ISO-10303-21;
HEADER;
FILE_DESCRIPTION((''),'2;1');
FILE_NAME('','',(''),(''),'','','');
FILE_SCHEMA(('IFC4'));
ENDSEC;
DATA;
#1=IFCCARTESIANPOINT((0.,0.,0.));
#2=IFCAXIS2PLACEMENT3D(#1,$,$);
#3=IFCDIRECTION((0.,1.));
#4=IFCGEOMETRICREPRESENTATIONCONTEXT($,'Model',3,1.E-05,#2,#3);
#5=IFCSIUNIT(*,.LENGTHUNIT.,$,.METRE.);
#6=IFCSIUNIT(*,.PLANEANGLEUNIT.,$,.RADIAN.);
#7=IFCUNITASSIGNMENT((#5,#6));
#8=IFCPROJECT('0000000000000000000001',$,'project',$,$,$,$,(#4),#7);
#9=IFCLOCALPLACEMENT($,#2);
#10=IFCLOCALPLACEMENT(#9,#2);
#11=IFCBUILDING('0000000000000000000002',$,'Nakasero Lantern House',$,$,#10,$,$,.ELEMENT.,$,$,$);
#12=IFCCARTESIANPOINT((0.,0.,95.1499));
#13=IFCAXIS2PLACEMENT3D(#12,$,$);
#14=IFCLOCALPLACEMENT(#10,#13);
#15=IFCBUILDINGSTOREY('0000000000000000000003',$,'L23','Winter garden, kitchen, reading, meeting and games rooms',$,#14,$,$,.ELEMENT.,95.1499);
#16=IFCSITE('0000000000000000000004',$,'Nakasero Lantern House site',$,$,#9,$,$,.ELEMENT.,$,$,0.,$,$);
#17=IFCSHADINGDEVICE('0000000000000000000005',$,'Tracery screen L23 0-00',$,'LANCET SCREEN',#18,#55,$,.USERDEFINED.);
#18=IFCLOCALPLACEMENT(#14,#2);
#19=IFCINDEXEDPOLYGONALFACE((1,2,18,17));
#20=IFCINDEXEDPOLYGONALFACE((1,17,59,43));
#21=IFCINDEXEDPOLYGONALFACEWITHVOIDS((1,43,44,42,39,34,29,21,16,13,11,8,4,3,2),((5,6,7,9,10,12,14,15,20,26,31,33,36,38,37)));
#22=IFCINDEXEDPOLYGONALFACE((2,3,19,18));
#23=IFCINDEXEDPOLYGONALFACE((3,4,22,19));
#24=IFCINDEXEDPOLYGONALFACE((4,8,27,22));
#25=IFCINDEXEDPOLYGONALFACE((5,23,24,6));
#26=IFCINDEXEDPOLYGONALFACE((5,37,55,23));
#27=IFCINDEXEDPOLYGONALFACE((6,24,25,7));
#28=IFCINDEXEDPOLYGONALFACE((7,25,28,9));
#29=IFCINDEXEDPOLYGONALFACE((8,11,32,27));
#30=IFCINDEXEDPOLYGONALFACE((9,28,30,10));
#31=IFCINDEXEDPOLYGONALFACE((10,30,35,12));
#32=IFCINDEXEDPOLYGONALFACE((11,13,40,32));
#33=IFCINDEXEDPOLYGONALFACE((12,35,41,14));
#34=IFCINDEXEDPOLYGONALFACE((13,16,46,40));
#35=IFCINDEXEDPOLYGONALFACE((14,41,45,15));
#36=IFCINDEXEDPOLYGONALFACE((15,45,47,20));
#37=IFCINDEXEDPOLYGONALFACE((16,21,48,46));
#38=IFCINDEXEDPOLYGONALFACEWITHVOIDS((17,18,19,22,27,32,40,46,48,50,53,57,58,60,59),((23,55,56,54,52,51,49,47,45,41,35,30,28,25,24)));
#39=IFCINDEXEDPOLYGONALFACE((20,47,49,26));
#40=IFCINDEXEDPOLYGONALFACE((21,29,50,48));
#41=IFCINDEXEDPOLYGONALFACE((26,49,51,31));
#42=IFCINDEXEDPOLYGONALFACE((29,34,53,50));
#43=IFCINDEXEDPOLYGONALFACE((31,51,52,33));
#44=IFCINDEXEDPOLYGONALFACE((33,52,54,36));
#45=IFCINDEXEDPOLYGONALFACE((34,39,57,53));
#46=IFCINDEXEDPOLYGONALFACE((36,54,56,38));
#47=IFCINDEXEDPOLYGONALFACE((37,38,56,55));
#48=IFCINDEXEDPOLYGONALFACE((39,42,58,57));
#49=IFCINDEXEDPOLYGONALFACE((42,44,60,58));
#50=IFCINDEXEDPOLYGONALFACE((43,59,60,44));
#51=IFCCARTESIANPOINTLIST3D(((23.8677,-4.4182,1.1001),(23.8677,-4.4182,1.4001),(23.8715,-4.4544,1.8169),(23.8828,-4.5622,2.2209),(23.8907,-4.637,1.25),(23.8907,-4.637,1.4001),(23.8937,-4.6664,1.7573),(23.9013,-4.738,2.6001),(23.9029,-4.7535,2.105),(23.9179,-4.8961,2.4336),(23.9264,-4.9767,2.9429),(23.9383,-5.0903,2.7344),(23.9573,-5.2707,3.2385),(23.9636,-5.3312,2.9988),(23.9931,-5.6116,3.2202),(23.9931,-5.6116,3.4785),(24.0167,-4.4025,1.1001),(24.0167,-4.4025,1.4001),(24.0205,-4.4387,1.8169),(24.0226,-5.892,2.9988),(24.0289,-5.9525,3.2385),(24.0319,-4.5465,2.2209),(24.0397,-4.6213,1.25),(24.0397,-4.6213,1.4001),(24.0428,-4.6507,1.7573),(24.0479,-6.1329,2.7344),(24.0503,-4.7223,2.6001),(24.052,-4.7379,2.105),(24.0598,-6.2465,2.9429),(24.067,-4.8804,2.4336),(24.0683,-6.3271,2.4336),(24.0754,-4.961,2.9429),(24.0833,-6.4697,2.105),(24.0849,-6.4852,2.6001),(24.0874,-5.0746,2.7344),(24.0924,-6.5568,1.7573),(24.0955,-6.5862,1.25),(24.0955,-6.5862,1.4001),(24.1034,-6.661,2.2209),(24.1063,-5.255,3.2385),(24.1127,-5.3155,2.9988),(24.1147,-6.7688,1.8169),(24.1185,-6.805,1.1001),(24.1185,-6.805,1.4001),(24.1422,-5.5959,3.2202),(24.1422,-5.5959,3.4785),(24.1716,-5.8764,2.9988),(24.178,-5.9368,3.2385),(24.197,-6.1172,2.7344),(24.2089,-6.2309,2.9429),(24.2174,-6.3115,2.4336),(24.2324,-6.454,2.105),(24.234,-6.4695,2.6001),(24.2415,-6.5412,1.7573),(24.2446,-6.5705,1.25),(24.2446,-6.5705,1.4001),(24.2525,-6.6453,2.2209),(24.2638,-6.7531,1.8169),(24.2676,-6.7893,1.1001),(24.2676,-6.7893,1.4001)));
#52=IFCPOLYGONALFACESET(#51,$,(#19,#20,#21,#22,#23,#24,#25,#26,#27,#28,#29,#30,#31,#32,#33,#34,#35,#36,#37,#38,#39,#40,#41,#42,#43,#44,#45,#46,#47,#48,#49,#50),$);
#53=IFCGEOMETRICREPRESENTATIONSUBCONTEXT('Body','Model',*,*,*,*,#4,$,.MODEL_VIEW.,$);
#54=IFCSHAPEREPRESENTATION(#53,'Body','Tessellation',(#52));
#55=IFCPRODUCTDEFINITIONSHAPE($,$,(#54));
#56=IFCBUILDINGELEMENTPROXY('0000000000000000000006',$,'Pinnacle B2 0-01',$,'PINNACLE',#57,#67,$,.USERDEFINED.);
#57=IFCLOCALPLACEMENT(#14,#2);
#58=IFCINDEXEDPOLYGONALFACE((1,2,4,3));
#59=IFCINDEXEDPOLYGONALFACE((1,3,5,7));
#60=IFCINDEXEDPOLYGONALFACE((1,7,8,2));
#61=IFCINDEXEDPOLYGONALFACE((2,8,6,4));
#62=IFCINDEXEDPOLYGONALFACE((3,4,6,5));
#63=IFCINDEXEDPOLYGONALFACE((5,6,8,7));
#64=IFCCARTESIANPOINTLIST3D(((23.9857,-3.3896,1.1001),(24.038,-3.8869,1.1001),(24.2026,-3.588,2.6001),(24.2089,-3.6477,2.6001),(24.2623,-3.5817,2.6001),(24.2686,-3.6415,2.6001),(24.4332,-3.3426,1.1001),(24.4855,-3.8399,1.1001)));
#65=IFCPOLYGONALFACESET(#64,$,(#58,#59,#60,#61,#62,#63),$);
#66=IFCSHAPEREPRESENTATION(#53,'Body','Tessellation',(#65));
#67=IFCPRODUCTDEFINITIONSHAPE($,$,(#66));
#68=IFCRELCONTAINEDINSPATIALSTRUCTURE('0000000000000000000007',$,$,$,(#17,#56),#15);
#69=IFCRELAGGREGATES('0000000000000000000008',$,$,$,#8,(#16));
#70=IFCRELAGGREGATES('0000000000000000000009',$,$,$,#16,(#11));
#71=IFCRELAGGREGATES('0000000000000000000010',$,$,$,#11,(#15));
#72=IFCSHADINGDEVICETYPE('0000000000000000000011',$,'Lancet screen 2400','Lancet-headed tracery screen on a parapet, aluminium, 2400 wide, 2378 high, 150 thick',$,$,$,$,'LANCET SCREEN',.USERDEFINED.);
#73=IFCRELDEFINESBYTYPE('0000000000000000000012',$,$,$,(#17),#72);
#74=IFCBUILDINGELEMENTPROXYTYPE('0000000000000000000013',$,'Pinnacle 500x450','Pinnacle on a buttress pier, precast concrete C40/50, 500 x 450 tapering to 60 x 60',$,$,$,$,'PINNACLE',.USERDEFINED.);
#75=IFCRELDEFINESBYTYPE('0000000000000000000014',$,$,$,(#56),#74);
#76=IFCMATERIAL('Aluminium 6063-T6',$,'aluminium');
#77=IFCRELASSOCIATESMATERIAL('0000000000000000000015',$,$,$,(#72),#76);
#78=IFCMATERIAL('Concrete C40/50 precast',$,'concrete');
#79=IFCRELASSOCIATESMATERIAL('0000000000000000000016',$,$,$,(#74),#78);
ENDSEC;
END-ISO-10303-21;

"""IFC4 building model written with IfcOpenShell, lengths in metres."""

from ifc_helpers import new_model, entity, si_unit, direction, frame, origin, place, context, subcontext, project, spatial, polyline, outline, extrude, material, type_object, element, save


model = new_model("IFC4")

# Units and contexts
model_context = context("Model", 3, precision=1e-05, world=origin(), true_north=direction((0.0, 1.0)))
body_context = subcontext(model_context, "Body", "Model", "MODEL_VIEW")
ifc_project = project(units=[si_unit("LENGTHUNIT", "METRE"), si_unit("PLANEANGLEUNIT", "RADIAN")], contexts=[model_context])

# Site, building, storey
site_placement = place(None, origin())
site = spatial("IfcSite", under=ifc_project, at=site_placement, Name="Nakasero Lantern House site", CompositionType="ELEMENT", RefElevation=0.0)
building_placement = place(site_placement, origin())
building = spatial("IfcBuilding", under=site, at=building_placement, Name="Nakasero Lantern House", CompositionType="ELEMENT")
storey_placement = place(building_placement, frame((0.0, 0.0, 95.1499)))
storey = spatial("IfcBuildingStorey", under=building, at=storey_placement, Name="L23", Description="Winter garden, kitchen, reading, meeting and games rooms", CompositionType="ELEMENT", Elevation=95.1499)

# Shading device
ifc_material_1 = material(Name="Aluminium 6063-T6", Category="aluminium")
shading_device_type = type_object("IfcShadingDeviceType", Name="Lancet screen 2400", Description="Lancet-headed tracery screen on a parapet, aluminium, 2400 wide, 2378 high, 150 thick", ElementType="LANCET SCREEN", PredefinedType="USERDEFINED", material=ifc_material_1)
shading_device_placement = place(storey_placement, frame((24.0676, -5.6038, 1.1001), z_axis=(0.0, 0.0, 1.0), x_axis=(-0.104528, 0.994522, 0.0)))
element("IfcShadingDevice", 1, at=shading_device_placement, inside=storey, type_object=shading_device_type, Name="Tracery screen L23 0-00", ObjectType="LANCET SCREEN", PredefinedType="USERDEFINED", context=body_context, shape_type="SweptSolid", body=[
    extrude(outline(polyline([(-1.2, 0.0), (1.2, 0.0), (1.2, 0.3), (1.1636, 0.7168), (1.0552, 1.1208), (0.8784, 1.5), (0.6384, 1.8428), (0.3428, 2.1384), (0.0, 2.3784), (-0.3428, 2.1384), (-0.6384, 1.8428), (-0.8784, 1.5), (-1.0552, 1.1208), (-1.1636, 0.7168), (-1.2, 0.3), (-1.2, 0.0)]), holes=[polyline([(-0.98, 0.1499), (0.98, 0.1499), (0.98, 0.3), (0.9504, 0.6572), (0.8628, 1.0049), (0.7195, 1.3335), (0.5242, 1.6343), (0.282, 1.8987), (0.0, 2.1201), (-0.282, 1.8987), (-0.5242, 1.6343), (-0.7195, 1.3335), (-0.8628, 1.0049), (-0.9504, 0.6572), (-0.98, 0.3), (-0.98, 0.1499)])]), frame((0.0, 0.075, 0.0), z_axis=(0.0, -1.0, 0.0), x_axis=(1.0, 0.0, 0.0)), (0.0, 0.0, 1.0), 0.1499),
])

# Building element proxy
ifc_material_2 = material(Name="Concrete C40/50 precast", Category="concrete")
building_element_proxy_type = type_object("IfcBuildingElementProxyType", Name="Pinnacle 500x450", Description="Pinnacle on a buttress pier, precast concrete C40/50, 500 x 450 tapering to 60 x 60", ElementType="PINNACLE", PredefinedType="USERDEFINED", material=ifc_material_2)
proxy_placement = place(storey_placement, frame((24.2356, -3.6147, 1.1001), z_axis=(0.0, 0.0, 1.0), x_axis=(0.994522, 0.104528, 0.0)))
element("IfcBuildingElementProxy", 2, at=proxy_placement, inside=storey, type_object=building_element_proxy_type, Name="Pinnacle B2 0-01", ObjectType="PINNACLE", PredefinedType="USERDEFINED", context=body_context, shape_type="SweptSolid", body=[
    entity("IfcExtrudedAreaSolidTapered", entity("IfcRectangleProfileDef", "AREA", None, entity("IfcAxis2Placement2D", entity("IfcCartesianPoint", [0.0, 0.0])), 0.45, 0.5), entity("IfcAxis2Placement3D", entity("IfcCartesianPoint", [0.0, 0.0, 0.0])), entity("IfcDirection", [0.0, 0.0, 1.0]), 1.5, entity("IfcRectangleProfileDef", "AREA", None, entity("IfcAxis2Placement2D", entity("IfcCartesianPoint", [0.0, 0.0])), 0.0601, 0.0601)),
])

save(model, "model.ifc")
